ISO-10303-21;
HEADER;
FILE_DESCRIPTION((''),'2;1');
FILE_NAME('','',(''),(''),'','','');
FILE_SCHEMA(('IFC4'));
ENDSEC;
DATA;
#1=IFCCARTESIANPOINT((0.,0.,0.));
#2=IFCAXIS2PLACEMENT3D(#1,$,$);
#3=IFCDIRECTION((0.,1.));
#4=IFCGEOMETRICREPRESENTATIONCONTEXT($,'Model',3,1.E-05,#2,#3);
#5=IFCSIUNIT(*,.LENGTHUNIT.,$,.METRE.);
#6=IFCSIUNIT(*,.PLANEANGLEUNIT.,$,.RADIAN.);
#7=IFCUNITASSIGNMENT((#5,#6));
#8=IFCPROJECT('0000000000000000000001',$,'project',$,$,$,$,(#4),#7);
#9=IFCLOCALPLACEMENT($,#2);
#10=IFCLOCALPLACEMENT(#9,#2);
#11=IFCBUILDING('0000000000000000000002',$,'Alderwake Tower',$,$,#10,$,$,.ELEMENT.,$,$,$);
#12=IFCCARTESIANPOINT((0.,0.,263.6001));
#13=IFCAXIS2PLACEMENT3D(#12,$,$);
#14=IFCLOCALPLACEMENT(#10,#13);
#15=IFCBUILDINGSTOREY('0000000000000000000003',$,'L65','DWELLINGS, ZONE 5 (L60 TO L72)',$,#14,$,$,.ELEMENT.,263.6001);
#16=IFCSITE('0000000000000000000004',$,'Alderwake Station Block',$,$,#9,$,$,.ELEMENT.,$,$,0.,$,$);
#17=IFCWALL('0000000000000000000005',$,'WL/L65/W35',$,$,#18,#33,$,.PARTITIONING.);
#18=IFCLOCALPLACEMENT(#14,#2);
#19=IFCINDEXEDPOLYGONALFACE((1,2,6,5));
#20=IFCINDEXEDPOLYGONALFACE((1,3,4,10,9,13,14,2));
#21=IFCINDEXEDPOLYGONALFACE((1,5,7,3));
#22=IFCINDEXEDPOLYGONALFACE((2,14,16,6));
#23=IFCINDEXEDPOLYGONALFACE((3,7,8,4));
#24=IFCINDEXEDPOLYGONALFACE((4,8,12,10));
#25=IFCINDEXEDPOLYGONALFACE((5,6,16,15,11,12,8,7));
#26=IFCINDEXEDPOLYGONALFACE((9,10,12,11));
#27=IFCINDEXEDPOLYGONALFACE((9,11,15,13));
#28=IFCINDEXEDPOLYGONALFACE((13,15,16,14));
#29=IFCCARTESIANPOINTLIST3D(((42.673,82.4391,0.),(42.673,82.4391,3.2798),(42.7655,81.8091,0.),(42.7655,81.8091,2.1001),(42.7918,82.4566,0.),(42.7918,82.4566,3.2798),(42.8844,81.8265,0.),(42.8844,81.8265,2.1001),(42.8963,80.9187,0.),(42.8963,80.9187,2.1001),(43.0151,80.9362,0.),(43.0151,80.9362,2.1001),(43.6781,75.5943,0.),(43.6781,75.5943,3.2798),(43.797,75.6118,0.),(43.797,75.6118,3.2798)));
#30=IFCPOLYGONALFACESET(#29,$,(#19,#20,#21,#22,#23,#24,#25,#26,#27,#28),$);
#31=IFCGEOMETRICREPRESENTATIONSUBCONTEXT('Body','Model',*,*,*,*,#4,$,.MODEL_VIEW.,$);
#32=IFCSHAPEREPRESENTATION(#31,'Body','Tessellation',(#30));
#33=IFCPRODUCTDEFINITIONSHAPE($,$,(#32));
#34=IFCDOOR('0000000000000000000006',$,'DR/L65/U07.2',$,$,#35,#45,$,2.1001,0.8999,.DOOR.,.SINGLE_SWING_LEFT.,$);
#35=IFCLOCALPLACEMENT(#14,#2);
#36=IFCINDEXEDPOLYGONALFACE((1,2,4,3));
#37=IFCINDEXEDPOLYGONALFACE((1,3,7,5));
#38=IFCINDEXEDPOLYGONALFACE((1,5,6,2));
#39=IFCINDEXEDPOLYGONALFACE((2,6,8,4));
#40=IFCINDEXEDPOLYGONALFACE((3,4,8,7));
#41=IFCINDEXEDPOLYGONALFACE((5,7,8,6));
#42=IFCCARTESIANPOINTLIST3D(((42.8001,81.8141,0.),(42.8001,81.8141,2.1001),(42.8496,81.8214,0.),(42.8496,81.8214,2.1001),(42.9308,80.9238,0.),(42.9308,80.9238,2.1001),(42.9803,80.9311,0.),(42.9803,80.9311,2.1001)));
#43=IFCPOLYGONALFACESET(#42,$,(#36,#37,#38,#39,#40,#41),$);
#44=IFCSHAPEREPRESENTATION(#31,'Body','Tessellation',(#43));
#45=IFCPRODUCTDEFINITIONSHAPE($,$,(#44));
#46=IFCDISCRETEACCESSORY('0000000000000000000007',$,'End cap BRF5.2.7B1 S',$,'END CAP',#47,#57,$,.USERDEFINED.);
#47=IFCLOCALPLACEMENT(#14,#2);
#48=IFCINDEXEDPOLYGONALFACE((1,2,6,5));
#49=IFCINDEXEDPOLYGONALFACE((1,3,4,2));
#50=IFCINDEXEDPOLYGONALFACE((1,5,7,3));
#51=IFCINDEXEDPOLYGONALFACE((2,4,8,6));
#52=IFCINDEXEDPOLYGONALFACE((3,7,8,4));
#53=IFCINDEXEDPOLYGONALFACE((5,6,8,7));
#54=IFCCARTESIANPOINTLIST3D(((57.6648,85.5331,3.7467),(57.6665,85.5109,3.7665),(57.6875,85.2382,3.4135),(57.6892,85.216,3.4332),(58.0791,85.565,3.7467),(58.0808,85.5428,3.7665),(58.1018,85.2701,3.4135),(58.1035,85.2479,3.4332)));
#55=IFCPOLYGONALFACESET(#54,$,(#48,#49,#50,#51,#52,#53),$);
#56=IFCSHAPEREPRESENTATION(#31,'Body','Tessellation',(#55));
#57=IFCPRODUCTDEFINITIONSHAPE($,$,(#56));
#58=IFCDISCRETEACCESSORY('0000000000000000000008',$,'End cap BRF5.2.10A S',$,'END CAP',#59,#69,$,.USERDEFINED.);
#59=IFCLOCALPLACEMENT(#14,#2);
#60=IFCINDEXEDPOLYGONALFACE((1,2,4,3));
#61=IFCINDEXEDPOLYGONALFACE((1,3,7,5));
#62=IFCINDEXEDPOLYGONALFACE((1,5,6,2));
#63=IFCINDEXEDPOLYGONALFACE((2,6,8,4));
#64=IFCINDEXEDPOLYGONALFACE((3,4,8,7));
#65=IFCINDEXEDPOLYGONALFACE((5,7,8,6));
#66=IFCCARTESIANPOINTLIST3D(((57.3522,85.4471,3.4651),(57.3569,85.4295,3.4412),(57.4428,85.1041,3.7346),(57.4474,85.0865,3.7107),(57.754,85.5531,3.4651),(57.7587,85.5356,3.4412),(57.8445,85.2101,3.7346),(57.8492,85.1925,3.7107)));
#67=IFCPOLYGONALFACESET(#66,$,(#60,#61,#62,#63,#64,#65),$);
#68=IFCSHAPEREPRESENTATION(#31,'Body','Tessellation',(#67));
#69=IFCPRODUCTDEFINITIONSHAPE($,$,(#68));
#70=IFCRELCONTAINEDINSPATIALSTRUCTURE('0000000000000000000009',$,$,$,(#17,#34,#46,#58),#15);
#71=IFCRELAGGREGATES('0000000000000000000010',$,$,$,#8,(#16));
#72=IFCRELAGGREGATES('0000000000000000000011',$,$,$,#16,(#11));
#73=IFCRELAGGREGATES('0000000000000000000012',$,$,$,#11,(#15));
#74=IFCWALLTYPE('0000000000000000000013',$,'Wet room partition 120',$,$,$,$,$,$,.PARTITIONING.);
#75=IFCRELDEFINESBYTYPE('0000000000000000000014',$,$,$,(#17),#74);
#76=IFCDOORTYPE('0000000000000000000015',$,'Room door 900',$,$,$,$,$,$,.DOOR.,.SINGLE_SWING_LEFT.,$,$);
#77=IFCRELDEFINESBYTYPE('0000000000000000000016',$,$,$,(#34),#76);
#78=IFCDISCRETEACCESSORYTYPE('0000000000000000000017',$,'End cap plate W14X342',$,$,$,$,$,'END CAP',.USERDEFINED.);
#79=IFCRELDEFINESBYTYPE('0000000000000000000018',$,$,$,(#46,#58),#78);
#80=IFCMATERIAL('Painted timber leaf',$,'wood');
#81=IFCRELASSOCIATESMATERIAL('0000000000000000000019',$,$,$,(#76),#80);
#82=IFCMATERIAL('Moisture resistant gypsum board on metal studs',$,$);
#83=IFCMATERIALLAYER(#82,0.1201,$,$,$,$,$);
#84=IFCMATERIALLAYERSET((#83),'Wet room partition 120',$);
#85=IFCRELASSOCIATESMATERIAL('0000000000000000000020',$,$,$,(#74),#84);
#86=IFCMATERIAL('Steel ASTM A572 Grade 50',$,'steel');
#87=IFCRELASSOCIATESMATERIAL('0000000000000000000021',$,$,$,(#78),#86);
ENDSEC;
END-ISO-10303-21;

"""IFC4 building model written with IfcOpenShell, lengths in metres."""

from ifc_helpers import new_model, si_unit, direction, frame, frame_2d, origin, origin_2d, place, context, subcontext, project, spatial, rectangle, extrude, material, layer, layer_set, material_profile, profile_set, type_object, element, fill, save


model = new_model("IFC4")

# Units and contexts
model_context = context("Model", 3, precision=1e-05, world=origin(), true_north=direction((0.0, 1.0)))
body_context = subcontext(model_context, "Body", "Model", "MODEL_VIEW")
ifc_project = project(units=[si_unit("LENGTHUNIT", "METRE"), si_unit("PLANEANGLEUNIT", "RADIAN")], contexts=[model_context])

# Site, building, storey
site_placement = place(None, origin())
site = spatial("IfcSite", under=ifc_project, at=site_placement, Name="Alderwake Station Block", CompositionType="ELEMENT", RefElevation=0.0)
building_placement = place(site_placement, origin())
building = spatial("IfcBuilding", under=site, at=building_placement, Name="Alderwake Tower", CompositionType="ELEMENT")
storey_placement = place(building_placement, frame((0.0, 0.0, 263.6001)))
storey = spatial("IfcBuildingStorey", under=building, at=storey_placement, Name="L65", Description="DWELLINGS, ZONE 5 (L60 TO L72)", CompositionType="ELEMENT", Elevation=263.6001)

# Shared definitions
ifc_material_1 = material(Name="Painted timber leaf", Category="wood")
door_type_1 = type_object("IfcDoorType", Name="Room door 900", OperationType="SINGLE_SWING_LEFT", PredefinedType="DOOR", material=ifc_material_1)

# Wall, opening, door
ifc_material_2 = material(Name="Moisture resistant gypsum board on metal studs")
ifc_layer_1 = layer(ifc_material_2, 0.1201)
ifc_layer_set_1 = layer_set([ifc_layer_1], Name="Wet room partition 120")
wall_type_1 = type_object("IfcWallType", Name="Wet room partition 120", PredefinedType="PARTITIONING", material=ifc_layer_set_1)
wall_1_placement = place(storey_placement, frame((42.7324, 82.4478, 0.0), z_axis=(0.0, 0.0, 1.0), x_axis=(0.145289, -0.989389, 0.0)))
wall_1 = element("IfcWall", 1, at=wall_1_placement, inside=storey, type_object=wall_type_1, Name="WL/L65/W35", PredefinedType="PARTITIONING", context=body_context, shape_type="SweptSolid", body=[
    extrude(rectangle(XDim=6.9182, YDim=0.1201, at=frame_2d((3.459, 0.0))), origin(), (0.0, 0.0, 1.0), 3.2798),
])
opening_1_placement = place(wall_1_placement, frame((0.6367, 0.0, 0.0)))
opening_1 = element("IfcOpeningElement", 2, at=opening_1_placement, cuts=wall_1, PredefinedType="OPENING", context=body_context, shape_type="SweptSolid", body=[
    extrude(rectangle(XDim=0.8999, YDim=2.1001, at=frame_2d((0.45, 1.05))), frame((0.0, 0.0701, 0.0), z_axis=(0.0, -1.0, 0.0), x_axis=(1.0, 0.0, 0.0)), (0.0, 0.0, 1.0), 0.1401),
])
door_1_placement = place(opening_1_placement, origin())
door_1 = element("IfcDoor", 3, at=door_1_placement, inside=storey, type_object=door_type_1, Name="DR/L65/U07.2", OperationType="SINGLE_SWING_LEFT", OverallHeight=2.1001, OverallWidth=0.8999, PredefinedType="DOOR", context=body_context, shape_type="SweptSolid", body=[
    extrude(rectangle(XDim=0.8999, YDim=2.1001, at=frame_2d((0.45, 1.05))), frame((0.0, 0.0249, 0.0), z_axis=(0.0, -1.0, 0.0), x_axis=(1.0, 0.0, 0.0)), (0.0, 0.0, 1.0), 0.05),
])
fill(opening_1, door_1)

# Discrete accessories
ifc_material_3 = material(Name="Steel ASTM A572 Grade 50", Category="steel")
ifc_material_profile_1 = material_profile(ifc_material_3, rectangle(XDim=0.4155, YDim=0.4456, at=origin_2d()), Name="W14X342 cap")
ifc_profile_set_1 = profile_set([ifc_material_profile_1], Name="Steel ASTM A572 Grade 50")
discrete_accessory_type = type_object("IfcDiscreteAccessoryType", Name="End cap plate W14X342", ElementType="END CAP", PredefinedType="USERDEFINED", material=ifc_profile_set_1)
discrete_accessory_1_placement = place(storey_placement, frame((57.885, 85.3794, 3.5999), z_axis=(-0.057364, 0.745726, -0.663778), x_axis=(-0.997054, -0.076696, 0.0)))
element("IfcDiscreteAccessory", 4, at=discrete_accessory_1_placement, inside=storey, type_object=discrete_accessory_type, Name="End cap BRF5.2.7B1 S", ObjectType="END CAP", PredefinedType="USERDEFINED", context=body_context, shape_type="SweptSolid", body=[
    extrude(rectangle(XDim=0.4155, YDim=0.4456, at=origin_2d()), origin(), (0.0, 0.0, 1.0), 0.0298),
])
discrete_accessory_2_placement = place(storey_placement, frame((57.5984, 85.3286, 3.5999), z_axis=(0.15437, -0.584979, -0.796222), x_axis=(0.9669, 0.255154, 0.0)))
element("IfcDiscreteAccessory", 5, at=discrete_accessory_2_placement, inside=storey, type_object=discrete_accessory_type, Name="End cap BRF5.2.10A S", ObjectType="END CAP", PredefinedType="USERDEFINED", context=body_context, shape_type="SweptSolid", body=[
    extrude(rectangle(XDim=0.4155, YDim=0.4456, at=origin_2d()), origin(), (0.0, 0.0, 1.0), 0.03),
])

save(model, "model.ifc")
